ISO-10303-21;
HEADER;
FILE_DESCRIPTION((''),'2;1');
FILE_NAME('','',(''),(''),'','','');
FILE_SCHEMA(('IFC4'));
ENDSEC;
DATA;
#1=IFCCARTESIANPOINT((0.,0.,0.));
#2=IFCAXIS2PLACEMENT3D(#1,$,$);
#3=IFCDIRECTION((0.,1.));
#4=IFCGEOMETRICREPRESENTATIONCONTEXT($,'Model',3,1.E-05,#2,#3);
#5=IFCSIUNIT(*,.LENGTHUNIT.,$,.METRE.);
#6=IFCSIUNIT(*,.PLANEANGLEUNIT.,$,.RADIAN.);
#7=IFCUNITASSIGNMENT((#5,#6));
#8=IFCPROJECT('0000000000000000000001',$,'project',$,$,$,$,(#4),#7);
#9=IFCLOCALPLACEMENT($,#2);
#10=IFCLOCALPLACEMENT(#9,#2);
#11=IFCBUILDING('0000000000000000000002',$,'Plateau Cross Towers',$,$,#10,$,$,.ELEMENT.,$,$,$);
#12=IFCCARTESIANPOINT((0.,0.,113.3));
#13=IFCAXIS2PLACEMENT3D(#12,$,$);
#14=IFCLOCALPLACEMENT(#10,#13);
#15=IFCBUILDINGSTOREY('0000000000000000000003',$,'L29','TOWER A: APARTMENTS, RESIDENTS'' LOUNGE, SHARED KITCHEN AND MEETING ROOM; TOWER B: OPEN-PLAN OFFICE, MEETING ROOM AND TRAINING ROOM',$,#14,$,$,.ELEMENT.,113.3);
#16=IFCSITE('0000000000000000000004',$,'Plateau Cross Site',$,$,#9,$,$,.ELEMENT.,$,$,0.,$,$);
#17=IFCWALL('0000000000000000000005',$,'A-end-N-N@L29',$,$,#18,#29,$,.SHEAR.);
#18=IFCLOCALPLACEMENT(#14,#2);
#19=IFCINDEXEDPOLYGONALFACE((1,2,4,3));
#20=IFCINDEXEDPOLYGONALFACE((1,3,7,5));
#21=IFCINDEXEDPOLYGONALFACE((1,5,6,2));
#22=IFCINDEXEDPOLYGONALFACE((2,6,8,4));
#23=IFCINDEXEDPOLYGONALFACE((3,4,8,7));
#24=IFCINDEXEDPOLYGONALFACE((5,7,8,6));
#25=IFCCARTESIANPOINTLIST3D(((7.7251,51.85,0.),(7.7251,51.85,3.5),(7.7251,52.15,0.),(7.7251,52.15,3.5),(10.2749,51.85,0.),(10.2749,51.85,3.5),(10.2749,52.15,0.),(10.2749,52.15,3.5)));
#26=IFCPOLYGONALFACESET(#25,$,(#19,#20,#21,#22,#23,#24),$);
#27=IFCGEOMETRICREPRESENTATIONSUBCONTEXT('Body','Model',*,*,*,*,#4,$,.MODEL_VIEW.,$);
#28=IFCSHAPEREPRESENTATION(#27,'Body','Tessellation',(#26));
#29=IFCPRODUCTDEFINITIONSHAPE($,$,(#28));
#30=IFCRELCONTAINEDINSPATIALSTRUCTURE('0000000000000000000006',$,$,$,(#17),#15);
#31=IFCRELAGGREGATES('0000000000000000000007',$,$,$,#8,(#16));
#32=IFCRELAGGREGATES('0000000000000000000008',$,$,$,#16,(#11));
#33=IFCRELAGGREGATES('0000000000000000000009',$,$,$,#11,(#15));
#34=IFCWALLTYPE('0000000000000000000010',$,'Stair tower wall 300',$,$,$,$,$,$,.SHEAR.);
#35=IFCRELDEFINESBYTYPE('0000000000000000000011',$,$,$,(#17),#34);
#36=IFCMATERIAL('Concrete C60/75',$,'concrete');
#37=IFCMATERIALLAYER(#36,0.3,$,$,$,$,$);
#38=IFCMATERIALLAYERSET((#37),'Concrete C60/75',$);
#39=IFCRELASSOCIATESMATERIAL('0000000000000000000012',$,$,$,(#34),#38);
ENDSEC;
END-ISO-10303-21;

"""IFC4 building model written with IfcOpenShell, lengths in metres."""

from ifc_helpers import new_model, si_unit, direction, frame, frame_2d, origin, place, context, subcontext, project, spatial, rectangle, extrude, material, layer, layer_set, type_object, element, save


model = new_model("IFC4")

# Units and contexts
model_context = context("Model", 3, precision=1e-05, world=origin(), true_north=direction((0.0, 1.0)))
body_context = subcontext(model_context, "Body", "Model", "MODEL_VIEW")
ifc_project = project(units=[si_unit("LENGTHUNIT", "METRE"), si_unit("PLANEANGLEUNIT", "RADIAN")], contexts=[model_context])

# Site, building, storey
site_placement = place(None, origin())
site = spatial("IfcSite", under=ifc_project, at=site_placement, Name="Plateau Cross Site", CompositionType="ELEMENT", RefElevation=0.0)
building_placement = place(site_placement, origin())
building = spatial("IfcBuilding", under=site, at=building_placement, Name="Plateau Cross Towers", CompositionType="ELEMENT")
storey_placement = place(building_placement, frame((0.0, 0.0, 113.3)))
storey = spatial("IfcBuildingStorey", under=building, at=storey_placement, Name="L29", Description="TOWER A: APARTMENTS, RESIDENTS' LOUNGE, SHARED KITCHEN AND MEETING ROOM; TOWER B: OPEN-PLAN OFFICE, MEETING ROOM AND TRAINING ROOM", CompositionType="ELEMENT", Elevation=113.3)

# Shared definitions
ifc_material_1 = material(Name="Concrete C60/75", Category="concrete")

# Wall
ifc_layer_1 = layer(ifc_material_1, 0.3)
ifc_layer_set_1 = layer_set([ifc_layer_1], Name="Concrete C60/75")
wall_type_1 = type_object("IfcWallType", Name="Stair tower wall 300", PredefinedType="SHEAR", material=ifc_layer_set_1)
wall_1_placement = place(storey_placement, frame((7.7251, 52.0, 0.0), z_axis=(0.0, 0.0, 1.0), x_axis=(1.0, 0.0, 0.0)))
element("IfcWall", 1, at=wall_1_placement, inside=storey, type_object=wall_type_1, Name="A-end-N-N@L29", PredefinedType="SHEAR", context=body_context, shape_type="SweptSolid", body=[
    extrude(rectangle(XDim=2.5498, YDim=0.3, at=frame_2d((1.2749, 0.0))), origin(), (0.0, 0.0, 1.0), 3.5),
])

save(model, "model.ifc")
